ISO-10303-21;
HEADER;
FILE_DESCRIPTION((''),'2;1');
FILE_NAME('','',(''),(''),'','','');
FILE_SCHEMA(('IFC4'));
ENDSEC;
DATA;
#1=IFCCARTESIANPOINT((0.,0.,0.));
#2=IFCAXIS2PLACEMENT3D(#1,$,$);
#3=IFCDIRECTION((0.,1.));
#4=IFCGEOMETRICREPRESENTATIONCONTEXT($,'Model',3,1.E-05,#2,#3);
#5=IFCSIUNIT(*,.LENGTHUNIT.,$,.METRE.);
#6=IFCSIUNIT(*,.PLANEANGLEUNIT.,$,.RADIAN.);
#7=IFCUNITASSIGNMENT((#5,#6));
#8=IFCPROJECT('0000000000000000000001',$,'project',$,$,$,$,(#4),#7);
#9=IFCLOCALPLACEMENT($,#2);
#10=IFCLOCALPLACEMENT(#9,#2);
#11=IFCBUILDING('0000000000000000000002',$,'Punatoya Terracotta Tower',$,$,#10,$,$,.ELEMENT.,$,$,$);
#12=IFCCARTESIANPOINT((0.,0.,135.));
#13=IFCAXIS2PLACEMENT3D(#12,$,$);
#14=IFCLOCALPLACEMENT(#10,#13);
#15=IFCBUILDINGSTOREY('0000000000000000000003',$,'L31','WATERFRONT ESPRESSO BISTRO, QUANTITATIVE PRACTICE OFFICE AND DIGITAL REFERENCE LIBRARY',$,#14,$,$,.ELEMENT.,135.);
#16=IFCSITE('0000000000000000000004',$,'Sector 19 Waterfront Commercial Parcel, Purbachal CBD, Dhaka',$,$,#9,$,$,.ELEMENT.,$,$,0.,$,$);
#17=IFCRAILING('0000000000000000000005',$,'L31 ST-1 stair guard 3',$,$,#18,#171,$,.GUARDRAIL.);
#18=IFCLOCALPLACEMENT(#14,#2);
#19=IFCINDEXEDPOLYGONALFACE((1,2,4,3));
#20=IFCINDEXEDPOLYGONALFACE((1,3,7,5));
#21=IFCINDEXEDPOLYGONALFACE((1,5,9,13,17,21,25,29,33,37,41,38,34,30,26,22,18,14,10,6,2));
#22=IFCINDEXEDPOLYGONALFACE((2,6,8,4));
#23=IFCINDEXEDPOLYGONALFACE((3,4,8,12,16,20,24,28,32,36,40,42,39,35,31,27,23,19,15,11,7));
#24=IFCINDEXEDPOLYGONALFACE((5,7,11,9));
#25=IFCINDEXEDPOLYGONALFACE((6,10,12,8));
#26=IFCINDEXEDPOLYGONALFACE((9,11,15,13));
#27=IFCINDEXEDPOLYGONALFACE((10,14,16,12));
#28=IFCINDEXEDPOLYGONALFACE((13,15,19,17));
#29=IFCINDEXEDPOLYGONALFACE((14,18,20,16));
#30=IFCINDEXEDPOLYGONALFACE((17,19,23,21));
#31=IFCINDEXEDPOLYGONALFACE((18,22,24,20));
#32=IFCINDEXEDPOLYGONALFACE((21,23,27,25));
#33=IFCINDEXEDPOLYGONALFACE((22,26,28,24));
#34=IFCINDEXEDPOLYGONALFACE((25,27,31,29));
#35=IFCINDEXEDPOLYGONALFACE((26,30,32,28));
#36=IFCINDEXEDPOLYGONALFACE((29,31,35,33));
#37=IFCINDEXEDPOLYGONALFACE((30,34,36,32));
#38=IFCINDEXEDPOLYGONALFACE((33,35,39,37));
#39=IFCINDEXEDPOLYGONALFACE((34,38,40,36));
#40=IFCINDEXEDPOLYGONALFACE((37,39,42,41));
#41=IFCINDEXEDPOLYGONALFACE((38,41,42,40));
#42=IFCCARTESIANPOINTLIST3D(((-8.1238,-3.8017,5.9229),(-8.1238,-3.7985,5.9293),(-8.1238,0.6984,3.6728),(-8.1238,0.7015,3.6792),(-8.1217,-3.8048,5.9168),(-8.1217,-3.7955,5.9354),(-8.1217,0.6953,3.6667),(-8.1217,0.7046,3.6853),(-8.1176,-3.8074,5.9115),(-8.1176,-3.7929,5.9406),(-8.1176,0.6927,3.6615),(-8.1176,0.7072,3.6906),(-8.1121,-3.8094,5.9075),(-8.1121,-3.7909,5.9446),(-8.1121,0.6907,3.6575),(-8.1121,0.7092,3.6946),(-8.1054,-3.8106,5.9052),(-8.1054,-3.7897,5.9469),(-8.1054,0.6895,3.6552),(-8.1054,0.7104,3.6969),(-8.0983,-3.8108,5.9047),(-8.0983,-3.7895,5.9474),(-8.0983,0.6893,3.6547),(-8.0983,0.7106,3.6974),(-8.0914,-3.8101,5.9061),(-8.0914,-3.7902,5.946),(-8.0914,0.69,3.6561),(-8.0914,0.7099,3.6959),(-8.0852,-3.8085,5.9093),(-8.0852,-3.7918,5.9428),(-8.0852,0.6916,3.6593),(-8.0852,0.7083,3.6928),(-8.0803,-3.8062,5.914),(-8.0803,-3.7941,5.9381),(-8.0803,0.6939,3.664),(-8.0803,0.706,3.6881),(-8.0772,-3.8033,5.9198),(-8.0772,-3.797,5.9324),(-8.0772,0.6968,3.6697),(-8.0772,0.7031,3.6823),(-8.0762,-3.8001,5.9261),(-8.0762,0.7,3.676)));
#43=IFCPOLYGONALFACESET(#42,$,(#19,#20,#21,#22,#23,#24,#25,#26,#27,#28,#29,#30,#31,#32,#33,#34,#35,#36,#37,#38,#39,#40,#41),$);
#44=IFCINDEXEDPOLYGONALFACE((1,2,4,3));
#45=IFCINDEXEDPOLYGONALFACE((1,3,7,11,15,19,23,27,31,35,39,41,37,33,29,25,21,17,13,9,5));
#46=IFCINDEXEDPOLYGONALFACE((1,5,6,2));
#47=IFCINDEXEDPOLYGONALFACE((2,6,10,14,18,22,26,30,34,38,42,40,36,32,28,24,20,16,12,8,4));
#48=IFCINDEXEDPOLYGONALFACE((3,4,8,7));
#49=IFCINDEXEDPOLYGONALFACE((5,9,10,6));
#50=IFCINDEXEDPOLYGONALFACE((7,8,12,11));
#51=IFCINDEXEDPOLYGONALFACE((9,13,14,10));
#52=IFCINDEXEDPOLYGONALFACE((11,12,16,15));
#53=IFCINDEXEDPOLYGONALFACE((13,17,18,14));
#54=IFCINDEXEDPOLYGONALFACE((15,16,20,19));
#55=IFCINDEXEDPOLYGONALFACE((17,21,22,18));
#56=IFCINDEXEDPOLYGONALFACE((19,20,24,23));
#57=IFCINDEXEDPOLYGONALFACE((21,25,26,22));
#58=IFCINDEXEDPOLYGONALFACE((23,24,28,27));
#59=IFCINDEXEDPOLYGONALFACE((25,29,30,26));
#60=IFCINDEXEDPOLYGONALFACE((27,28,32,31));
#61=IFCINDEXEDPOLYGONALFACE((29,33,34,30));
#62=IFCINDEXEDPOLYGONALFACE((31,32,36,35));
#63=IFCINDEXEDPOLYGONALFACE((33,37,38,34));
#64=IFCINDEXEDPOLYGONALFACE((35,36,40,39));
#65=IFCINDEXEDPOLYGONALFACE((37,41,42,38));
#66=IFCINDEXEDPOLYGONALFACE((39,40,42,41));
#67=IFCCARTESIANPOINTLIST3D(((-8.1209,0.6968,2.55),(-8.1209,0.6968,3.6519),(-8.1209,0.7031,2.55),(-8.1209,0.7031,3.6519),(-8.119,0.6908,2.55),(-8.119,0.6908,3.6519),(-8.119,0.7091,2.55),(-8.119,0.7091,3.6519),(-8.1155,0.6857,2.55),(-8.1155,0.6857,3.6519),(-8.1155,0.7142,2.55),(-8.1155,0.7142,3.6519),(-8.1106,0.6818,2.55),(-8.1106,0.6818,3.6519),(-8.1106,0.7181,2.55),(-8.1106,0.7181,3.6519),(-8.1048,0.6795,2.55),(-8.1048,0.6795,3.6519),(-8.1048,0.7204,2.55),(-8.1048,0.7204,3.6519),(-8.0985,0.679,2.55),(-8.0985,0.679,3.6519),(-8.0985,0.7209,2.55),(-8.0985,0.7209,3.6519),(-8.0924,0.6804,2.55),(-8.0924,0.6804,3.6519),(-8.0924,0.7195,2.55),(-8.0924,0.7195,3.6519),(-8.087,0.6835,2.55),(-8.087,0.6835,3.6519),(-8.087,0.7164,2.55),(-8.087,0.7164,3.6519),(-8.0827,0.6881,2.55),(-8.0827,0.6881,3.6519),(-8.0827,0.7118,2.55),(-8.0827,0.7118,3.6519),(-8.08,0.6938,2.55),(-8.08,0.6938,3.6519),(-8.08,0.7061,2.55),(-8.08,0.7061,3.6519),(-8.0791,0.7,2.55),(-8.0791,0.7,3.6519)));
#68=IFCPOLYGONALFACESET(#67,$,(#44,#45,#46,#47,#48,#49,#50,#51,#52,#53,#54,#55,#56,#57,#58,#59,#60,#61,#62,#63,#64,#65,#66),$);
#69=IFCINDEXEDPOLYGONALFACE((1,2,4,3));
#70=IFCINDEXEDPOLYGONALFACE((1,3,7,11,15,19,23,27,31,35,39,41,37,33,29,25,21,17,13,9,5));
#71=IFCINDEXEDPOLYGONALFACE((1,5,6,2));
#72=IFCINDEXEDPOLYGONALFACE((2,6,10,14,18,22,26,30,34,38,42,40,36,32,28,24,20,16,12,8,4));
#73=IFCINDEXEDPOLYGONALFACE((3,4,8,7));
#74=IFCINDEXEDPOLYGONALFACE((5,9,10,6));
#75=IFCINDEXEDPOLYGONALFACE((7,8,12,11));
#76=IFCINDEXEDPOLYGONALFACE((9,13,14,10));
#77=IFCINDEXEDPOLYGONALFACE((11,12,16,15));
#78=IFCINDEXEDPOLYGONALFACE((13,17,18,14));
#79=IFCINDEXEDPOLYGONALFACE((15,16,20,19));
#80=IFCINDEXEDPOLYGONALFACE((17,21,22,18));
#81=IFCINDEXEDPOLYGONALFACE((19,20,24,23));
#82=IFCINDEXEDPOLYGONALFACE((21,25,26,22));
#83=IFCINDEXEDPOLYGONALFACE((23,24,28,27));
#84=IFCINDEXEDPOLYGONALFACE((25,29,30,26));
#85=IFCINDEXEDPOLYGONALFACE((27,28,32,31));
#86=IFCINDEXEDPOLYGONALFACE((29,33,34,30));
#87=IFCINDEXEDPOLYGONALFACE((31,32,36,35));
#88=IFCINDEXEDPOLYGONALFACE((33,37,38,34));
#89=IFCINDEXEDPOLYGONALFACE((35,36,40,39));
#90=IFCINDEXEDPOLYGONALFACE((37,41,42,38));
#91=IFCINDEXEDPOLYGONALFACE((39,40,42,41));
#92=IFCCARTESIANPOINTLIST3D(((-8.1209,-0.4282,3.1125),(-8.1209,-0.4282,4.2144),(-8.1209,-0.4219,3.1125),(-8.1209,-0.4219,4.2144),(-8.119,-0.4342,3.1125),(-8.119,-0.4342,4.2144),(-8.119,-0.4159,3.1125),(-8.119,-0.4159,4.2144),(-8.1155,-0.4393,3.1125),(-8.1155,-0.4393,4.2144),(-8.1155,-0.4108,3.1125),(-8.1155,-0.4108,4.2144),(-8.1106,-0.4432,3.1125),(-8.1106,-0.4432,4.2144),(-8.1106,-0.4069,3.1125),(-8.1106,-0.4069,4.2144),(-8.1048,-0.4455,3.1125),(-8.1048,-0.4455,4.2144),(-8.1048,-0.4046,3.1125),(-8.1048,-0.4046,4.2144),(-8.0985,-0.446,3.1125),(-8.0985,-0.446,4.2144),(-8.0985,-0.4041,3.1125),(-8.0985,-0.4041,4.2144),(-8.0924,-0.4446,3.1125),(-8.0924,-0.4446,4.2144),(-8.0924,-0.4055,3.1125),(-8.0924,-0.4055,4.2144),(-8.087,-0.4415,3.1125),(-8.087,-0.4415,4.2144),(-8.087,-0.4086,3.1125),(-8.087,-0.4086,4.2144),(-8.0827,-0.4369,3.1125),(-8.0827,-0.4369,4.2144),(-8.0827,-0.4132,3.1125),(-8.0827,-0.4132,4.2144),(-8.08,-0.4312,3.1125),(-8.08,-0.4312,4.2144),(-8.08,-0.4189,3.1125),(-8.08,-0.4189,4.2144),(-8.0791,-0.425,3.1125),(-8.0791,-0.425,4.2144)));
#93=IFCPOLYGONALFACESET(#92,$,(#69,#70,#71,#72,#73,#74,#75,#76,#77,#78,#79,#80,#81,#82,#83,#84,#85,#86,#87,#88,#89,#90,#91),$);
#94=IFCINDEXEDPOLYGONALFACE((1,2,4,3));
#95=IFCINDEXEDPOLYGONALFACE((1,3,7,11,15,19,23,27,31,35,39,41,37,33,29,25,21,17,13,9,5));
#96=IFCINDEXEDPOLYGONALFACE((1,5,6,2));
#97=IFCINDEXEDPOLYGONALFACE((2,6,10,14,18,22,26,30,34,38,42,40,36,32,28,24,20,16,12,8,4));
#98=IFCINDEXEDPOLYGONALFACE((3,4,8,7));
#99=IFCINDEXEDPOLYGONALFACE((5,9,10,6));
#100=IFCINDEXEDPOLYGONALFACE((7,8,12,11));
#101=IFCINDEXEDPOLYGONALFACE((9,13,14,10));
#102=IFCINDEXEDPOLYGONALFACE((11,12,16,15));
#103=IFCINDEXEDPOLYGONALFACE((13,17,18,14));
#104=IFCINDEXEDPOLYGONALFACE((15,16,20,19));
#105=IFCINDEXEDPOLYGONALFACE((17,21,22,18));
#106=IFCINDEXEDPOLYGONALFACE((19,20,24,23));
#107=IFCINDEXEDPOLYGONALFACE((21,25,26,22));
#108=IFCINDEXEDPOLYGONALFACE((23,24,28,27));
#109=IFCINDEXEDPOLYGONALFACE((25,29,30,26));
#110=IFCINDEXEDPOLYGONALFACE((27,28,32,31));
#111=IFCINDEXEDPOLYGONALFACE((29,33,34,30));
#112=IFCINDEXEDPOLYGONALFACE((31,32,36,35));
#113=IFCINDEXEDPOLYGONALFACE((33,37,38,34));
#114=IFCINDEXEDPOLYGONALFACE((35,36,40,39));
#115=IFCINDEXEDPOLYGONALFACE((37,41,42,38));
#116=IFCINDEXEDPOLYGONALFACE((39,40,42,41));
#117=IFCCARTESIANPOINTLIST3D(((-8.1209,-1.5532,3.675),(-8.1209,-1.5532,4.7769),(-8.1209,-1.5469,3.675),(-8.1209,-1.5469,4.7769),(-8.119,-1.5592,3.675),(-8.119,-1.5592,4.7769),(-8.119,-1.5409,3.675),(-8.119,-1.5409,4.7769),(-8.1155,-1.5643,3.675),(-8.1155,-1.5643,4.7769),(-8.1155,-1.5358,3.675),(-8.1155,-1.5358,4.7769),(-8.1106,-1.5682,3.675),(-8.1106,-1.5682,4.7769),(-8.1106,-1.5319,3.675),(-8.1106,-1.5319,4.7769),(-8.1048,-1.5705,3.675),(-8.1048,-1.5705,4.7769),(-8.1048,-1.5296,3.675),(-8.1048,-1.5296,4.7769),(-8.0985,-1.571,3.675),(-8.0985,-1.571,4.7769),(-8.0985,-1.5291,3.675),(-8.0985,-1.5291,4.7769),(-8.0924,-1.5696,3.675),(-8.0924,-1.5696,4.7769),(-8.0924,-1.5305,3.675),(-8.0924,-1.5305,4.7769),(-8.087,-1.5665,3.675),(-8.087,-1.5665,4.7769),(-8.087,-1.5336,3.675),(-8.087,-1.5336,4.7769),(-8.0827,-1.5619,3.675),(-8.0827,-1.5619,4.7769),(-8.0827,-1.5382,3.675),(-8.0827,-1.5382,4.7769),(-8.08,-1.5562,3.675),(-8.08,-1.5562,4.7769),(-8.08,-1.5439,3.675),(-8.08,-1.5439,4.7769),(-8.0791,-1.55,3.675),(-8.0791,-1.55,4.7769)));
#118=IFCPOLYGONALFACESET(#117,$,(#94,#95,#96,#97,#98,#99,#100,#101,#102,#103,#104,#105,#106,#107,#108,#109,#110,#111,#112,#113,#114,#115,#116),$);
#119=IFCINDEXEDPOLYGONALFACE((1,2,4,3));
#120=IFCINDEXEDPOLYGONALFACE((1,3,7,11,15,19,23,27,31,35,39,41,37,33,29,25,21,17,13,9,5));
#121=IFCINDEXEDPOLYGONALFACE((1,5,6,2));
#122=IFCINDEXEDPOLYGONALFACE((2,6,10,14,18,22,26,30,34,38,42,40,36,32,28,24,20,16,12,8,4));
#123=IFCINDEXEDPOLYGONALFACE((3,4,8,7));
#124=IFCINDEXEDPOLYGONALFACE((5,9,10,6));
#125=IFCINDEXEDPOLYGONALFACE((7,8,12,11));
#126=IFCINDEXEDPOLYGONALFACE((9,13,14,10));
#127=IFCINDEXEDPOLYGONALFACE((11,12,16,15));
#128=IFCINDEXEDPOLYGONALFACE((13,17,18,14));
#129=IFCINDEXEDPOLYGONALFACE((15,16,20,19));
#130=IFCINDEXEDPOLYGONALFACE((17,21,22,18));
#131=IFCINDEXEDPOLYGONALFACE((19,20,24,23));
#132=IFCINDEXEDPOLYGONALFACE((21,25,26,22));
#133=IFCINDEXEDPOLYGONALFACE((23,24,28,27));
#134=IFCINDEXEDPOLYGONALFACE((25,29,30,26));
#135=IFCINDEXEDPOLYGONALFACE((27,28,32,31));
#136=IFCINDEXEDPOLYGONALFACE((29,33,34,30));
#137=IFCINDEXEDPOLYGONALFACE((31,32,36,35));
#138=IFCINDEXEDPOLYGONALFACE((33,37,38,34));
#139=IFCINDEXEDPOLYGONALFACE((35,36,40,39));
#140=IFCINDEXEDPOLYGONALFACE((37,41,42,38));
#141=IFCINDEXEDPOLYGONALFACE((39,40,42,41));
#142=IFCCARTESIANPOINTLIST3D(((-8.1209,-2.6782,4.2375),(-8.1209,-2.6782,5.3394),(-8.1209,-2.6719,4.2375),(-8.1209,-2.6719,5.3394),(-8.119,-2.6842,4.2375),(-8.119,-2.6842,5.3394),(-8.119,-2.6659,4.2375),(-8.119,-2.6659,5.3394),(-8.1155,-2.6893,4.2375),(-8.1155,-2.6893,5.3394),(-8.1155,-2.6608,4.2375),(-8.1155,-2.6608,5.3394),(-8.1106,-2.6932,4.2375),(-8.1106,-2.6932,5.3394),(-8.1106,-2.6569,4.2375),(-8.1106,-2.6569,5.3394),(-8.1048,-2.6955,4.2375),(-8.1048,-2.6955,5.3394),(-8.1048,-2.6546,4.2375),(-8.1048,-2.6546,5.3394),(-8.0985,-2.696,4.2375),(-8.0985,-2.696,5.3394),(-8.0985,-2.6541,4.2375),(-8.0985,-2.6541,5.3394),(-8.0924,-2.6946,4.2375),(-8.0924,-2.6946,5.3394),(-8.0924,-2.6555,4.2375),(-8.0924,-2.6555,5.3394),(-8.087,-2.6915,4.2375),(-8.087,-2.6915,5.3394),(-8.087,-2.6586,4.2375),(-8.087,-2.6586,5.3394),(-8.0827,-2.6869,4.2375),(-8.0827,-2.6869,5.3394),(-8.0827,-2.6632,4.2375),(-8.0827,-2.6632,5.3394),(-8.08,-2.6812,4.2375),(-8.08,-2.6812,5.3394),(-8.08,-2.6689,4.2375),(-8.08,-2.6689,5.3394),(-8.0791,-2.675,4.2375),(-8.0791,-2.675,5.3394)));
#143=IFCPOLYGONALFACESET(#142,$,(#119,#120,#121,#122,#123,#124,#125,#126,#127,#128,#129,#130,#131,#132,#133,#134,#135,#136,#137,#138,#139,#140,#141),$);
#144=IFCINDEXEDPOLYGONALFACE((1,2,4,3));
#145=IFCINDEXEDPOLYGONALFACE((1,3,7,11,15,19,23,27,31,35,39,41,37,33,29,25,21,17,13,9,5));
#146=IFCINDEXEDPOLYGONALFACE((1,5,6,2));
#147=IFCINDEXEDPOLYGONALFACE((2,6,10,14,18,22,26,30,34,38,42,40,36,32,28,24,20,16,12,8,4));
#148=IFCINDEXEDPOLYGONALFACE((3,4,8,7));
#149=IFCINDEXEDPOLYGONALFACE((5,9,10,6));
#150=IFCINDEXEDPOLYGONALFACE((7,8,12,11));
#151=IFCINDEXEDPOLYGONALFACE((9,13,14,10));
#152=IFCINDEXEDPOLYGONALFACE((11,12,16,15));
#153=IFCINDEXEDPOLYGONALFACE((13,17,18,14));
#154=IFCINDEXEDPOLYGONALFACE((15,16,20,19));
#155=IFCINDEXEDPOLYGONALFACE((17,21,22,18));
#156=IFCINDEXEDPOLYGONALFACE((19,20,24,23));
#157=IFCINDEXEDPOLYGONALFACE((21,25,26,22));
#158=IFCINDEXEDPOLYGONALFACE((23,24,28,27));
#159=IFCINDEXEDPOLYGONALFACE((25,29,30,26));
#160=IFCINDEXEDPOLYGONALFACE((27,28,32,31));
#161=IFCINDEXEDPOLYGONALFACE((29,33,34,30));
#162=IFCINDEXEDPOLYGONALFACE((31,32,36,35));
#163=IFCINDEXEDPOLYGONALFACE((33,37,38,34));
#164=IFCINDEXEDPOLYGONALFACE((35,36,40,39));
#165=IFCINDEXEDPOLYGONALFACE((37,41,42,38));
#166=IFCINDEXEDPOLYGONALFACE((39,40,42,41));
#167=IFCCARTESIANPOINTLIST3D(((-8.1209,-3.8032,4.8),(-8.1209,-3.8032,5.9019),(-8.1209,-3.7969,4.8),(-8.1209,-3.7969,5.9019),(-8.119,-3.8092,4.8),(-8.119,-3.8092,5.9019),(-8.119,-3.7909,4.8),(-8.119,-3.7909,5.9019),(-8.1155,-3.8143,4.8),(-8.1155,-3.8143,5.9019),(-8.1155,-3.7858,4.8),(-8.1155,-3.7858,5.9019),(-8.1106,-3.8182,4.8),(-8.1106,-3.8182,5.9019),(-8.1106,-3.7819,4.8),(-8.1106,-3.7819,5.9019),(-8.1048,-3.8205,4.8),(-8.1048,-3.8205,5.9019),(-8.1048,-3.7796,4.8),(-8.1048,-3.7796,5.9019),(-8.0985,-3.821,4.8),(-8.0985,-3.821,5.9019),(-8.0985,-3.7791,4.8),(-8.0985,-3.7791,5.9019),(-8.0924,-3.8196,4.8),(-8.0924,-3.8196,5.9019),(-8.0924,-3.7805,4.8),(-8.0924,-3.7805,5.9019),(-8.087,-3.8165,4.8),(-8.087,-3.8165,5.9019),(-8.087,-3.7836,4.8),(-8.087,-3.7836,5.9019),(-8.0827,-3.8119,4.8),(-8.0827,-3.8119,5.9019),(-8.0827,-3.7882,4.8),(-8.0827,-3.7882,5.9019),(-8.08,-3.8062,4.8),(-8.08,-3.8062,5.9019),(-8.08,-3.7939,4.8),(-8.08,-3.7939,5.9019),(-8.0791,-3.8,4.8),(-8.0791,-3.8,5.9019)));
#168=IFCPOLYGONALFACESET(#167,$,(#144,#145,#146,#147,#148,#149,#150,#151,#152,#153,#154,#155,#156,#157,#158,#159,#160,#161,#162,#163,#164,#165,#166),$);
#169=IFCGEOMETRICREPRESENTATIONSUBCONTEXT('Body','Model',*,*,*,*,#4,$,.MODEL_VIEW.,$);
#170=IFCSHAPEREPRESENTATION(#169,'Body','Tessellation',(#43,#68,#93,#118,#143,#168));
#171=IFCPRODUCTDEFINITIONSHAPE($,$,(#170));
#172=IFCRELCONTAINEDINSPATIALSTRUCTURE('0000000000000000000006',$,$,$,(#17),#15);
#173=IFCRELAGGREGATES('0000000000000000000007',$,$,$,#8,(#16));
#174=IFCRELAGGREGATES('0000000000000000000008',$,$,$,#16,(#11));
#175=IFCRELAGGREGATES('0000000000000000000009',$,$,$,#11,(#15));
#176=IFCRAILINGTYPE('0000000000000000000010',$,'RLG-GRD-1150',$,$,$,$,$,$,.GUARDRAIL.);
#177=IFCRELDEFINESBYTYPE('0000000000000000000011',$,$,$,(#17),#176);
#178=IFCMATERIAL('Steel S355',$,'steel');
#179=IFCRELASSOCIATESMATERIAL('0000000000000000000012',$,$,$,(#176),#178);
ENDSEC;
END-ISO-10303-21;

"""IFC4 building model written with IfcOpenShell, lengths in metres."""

from ifc_helpers import new_model, si_unit, direction, frame, origin, origin_2d, place, context, subcontext, project, spatial, circle, extrude, material, type_object, element, save


model = new_model("IFC4")

# Units and contexts
model_context = context("Model", 3, precision=1e-05, world=origin(), true_north=direction((0.0, 1.0)))
body_context = subcontext(model_context, "Body", "Model", "MODEL_VIEW")
ifc_project = project(units=[si_unit("LENGTHUNIT", "METRE"), si_unit("PLANEANGLEUNIT", "RADIAN")], contexts=[model_context])

# Site, building, storey
site_placement = place(None, origin())
site = spatial("IfcSite", under=ifc_project, at=site_placement, Name="Sector 19 Waterfront Commercial Parcel, Purbachal CBD, Dhaka", CompositionType="ELEMENT", RefElevation=0.0)
building_placement = place(site_placement, origin())
building = spatial("IfcBuilding", under=site, at=building_placement, Name="Punatoya Terracotta Tower", CompositionType="ELEMENT")
storey_placement = place(building_placement, frame((0.0, 0.0, 135.0)))
storey = spatial("IfcBuildingStorey", under=building, at=storey_placement, Name="L31", Description="WATERFRONT ESPRESSO BISTRO, QUANTITATIVE PRACTICE OFFICE AND DIGITAL REFERENCE LIBRARY", CompositionType="ELEMENT", Elevation=135.0)

# Shared definitions
ifc_material_1 = material(Name="Steel S355", Category="steel")

# Railing
railing_type_1 = type_object("IfcRailingType", Name="RLG-GRD-1150", PredefinedType="GUARDRAIL", material=ifc_material_1)
railing_1_placement = place(storey_placement, frame((-8.1001, 0.7, 2.55)))
element("IfcRailing", 1, at=railing_1_placement, inside=storey, type_object=railing_type_1, Name="L31 ST-1 stair guard 3", PredefinedType="GUARDRAIL", context=body_context, shape_type="SweptSolid", body=[
    extrude(circle(Radius=0.0239, at=origin_2d()), frame((0.0, 0.0, 1.126), z_axis=(0.0, -0.894427, 0.447214), x_axis=(1.0, 0.0, 0.0)), (0.0, 0.0, 1.0), 5.0312),
    extrude(circle(Radius=0.021, at=origin_2d()), origin(), (0.0, 0.0, 1.0), 1.1018),
    extrude(circle(Radius=0.021, at=origin_2d()), frame((0.0, -1.125, 0.5625)), (0.0, 0.0, 1.0), 1.1018),
    extrude(circle(Radius=0.021, at=origin_2d()), frame((0.0, -2.25, 1.125)), (0.0, 0.0, 1.0), 1.1018),
    extrude(circle(Radius=0.021, at=origin_2d()), frame((0.0, -3.375, 1.6875)), (0.0, 0.0, 1.0), 1.1018),
    extrude(circle(Radius=0.021, at=origin_2d()), frame((0.0, -4.5, 2.25)), (0.0, 0.0, 1.0), 1.1018),
])

save(model, "model.ifc")
